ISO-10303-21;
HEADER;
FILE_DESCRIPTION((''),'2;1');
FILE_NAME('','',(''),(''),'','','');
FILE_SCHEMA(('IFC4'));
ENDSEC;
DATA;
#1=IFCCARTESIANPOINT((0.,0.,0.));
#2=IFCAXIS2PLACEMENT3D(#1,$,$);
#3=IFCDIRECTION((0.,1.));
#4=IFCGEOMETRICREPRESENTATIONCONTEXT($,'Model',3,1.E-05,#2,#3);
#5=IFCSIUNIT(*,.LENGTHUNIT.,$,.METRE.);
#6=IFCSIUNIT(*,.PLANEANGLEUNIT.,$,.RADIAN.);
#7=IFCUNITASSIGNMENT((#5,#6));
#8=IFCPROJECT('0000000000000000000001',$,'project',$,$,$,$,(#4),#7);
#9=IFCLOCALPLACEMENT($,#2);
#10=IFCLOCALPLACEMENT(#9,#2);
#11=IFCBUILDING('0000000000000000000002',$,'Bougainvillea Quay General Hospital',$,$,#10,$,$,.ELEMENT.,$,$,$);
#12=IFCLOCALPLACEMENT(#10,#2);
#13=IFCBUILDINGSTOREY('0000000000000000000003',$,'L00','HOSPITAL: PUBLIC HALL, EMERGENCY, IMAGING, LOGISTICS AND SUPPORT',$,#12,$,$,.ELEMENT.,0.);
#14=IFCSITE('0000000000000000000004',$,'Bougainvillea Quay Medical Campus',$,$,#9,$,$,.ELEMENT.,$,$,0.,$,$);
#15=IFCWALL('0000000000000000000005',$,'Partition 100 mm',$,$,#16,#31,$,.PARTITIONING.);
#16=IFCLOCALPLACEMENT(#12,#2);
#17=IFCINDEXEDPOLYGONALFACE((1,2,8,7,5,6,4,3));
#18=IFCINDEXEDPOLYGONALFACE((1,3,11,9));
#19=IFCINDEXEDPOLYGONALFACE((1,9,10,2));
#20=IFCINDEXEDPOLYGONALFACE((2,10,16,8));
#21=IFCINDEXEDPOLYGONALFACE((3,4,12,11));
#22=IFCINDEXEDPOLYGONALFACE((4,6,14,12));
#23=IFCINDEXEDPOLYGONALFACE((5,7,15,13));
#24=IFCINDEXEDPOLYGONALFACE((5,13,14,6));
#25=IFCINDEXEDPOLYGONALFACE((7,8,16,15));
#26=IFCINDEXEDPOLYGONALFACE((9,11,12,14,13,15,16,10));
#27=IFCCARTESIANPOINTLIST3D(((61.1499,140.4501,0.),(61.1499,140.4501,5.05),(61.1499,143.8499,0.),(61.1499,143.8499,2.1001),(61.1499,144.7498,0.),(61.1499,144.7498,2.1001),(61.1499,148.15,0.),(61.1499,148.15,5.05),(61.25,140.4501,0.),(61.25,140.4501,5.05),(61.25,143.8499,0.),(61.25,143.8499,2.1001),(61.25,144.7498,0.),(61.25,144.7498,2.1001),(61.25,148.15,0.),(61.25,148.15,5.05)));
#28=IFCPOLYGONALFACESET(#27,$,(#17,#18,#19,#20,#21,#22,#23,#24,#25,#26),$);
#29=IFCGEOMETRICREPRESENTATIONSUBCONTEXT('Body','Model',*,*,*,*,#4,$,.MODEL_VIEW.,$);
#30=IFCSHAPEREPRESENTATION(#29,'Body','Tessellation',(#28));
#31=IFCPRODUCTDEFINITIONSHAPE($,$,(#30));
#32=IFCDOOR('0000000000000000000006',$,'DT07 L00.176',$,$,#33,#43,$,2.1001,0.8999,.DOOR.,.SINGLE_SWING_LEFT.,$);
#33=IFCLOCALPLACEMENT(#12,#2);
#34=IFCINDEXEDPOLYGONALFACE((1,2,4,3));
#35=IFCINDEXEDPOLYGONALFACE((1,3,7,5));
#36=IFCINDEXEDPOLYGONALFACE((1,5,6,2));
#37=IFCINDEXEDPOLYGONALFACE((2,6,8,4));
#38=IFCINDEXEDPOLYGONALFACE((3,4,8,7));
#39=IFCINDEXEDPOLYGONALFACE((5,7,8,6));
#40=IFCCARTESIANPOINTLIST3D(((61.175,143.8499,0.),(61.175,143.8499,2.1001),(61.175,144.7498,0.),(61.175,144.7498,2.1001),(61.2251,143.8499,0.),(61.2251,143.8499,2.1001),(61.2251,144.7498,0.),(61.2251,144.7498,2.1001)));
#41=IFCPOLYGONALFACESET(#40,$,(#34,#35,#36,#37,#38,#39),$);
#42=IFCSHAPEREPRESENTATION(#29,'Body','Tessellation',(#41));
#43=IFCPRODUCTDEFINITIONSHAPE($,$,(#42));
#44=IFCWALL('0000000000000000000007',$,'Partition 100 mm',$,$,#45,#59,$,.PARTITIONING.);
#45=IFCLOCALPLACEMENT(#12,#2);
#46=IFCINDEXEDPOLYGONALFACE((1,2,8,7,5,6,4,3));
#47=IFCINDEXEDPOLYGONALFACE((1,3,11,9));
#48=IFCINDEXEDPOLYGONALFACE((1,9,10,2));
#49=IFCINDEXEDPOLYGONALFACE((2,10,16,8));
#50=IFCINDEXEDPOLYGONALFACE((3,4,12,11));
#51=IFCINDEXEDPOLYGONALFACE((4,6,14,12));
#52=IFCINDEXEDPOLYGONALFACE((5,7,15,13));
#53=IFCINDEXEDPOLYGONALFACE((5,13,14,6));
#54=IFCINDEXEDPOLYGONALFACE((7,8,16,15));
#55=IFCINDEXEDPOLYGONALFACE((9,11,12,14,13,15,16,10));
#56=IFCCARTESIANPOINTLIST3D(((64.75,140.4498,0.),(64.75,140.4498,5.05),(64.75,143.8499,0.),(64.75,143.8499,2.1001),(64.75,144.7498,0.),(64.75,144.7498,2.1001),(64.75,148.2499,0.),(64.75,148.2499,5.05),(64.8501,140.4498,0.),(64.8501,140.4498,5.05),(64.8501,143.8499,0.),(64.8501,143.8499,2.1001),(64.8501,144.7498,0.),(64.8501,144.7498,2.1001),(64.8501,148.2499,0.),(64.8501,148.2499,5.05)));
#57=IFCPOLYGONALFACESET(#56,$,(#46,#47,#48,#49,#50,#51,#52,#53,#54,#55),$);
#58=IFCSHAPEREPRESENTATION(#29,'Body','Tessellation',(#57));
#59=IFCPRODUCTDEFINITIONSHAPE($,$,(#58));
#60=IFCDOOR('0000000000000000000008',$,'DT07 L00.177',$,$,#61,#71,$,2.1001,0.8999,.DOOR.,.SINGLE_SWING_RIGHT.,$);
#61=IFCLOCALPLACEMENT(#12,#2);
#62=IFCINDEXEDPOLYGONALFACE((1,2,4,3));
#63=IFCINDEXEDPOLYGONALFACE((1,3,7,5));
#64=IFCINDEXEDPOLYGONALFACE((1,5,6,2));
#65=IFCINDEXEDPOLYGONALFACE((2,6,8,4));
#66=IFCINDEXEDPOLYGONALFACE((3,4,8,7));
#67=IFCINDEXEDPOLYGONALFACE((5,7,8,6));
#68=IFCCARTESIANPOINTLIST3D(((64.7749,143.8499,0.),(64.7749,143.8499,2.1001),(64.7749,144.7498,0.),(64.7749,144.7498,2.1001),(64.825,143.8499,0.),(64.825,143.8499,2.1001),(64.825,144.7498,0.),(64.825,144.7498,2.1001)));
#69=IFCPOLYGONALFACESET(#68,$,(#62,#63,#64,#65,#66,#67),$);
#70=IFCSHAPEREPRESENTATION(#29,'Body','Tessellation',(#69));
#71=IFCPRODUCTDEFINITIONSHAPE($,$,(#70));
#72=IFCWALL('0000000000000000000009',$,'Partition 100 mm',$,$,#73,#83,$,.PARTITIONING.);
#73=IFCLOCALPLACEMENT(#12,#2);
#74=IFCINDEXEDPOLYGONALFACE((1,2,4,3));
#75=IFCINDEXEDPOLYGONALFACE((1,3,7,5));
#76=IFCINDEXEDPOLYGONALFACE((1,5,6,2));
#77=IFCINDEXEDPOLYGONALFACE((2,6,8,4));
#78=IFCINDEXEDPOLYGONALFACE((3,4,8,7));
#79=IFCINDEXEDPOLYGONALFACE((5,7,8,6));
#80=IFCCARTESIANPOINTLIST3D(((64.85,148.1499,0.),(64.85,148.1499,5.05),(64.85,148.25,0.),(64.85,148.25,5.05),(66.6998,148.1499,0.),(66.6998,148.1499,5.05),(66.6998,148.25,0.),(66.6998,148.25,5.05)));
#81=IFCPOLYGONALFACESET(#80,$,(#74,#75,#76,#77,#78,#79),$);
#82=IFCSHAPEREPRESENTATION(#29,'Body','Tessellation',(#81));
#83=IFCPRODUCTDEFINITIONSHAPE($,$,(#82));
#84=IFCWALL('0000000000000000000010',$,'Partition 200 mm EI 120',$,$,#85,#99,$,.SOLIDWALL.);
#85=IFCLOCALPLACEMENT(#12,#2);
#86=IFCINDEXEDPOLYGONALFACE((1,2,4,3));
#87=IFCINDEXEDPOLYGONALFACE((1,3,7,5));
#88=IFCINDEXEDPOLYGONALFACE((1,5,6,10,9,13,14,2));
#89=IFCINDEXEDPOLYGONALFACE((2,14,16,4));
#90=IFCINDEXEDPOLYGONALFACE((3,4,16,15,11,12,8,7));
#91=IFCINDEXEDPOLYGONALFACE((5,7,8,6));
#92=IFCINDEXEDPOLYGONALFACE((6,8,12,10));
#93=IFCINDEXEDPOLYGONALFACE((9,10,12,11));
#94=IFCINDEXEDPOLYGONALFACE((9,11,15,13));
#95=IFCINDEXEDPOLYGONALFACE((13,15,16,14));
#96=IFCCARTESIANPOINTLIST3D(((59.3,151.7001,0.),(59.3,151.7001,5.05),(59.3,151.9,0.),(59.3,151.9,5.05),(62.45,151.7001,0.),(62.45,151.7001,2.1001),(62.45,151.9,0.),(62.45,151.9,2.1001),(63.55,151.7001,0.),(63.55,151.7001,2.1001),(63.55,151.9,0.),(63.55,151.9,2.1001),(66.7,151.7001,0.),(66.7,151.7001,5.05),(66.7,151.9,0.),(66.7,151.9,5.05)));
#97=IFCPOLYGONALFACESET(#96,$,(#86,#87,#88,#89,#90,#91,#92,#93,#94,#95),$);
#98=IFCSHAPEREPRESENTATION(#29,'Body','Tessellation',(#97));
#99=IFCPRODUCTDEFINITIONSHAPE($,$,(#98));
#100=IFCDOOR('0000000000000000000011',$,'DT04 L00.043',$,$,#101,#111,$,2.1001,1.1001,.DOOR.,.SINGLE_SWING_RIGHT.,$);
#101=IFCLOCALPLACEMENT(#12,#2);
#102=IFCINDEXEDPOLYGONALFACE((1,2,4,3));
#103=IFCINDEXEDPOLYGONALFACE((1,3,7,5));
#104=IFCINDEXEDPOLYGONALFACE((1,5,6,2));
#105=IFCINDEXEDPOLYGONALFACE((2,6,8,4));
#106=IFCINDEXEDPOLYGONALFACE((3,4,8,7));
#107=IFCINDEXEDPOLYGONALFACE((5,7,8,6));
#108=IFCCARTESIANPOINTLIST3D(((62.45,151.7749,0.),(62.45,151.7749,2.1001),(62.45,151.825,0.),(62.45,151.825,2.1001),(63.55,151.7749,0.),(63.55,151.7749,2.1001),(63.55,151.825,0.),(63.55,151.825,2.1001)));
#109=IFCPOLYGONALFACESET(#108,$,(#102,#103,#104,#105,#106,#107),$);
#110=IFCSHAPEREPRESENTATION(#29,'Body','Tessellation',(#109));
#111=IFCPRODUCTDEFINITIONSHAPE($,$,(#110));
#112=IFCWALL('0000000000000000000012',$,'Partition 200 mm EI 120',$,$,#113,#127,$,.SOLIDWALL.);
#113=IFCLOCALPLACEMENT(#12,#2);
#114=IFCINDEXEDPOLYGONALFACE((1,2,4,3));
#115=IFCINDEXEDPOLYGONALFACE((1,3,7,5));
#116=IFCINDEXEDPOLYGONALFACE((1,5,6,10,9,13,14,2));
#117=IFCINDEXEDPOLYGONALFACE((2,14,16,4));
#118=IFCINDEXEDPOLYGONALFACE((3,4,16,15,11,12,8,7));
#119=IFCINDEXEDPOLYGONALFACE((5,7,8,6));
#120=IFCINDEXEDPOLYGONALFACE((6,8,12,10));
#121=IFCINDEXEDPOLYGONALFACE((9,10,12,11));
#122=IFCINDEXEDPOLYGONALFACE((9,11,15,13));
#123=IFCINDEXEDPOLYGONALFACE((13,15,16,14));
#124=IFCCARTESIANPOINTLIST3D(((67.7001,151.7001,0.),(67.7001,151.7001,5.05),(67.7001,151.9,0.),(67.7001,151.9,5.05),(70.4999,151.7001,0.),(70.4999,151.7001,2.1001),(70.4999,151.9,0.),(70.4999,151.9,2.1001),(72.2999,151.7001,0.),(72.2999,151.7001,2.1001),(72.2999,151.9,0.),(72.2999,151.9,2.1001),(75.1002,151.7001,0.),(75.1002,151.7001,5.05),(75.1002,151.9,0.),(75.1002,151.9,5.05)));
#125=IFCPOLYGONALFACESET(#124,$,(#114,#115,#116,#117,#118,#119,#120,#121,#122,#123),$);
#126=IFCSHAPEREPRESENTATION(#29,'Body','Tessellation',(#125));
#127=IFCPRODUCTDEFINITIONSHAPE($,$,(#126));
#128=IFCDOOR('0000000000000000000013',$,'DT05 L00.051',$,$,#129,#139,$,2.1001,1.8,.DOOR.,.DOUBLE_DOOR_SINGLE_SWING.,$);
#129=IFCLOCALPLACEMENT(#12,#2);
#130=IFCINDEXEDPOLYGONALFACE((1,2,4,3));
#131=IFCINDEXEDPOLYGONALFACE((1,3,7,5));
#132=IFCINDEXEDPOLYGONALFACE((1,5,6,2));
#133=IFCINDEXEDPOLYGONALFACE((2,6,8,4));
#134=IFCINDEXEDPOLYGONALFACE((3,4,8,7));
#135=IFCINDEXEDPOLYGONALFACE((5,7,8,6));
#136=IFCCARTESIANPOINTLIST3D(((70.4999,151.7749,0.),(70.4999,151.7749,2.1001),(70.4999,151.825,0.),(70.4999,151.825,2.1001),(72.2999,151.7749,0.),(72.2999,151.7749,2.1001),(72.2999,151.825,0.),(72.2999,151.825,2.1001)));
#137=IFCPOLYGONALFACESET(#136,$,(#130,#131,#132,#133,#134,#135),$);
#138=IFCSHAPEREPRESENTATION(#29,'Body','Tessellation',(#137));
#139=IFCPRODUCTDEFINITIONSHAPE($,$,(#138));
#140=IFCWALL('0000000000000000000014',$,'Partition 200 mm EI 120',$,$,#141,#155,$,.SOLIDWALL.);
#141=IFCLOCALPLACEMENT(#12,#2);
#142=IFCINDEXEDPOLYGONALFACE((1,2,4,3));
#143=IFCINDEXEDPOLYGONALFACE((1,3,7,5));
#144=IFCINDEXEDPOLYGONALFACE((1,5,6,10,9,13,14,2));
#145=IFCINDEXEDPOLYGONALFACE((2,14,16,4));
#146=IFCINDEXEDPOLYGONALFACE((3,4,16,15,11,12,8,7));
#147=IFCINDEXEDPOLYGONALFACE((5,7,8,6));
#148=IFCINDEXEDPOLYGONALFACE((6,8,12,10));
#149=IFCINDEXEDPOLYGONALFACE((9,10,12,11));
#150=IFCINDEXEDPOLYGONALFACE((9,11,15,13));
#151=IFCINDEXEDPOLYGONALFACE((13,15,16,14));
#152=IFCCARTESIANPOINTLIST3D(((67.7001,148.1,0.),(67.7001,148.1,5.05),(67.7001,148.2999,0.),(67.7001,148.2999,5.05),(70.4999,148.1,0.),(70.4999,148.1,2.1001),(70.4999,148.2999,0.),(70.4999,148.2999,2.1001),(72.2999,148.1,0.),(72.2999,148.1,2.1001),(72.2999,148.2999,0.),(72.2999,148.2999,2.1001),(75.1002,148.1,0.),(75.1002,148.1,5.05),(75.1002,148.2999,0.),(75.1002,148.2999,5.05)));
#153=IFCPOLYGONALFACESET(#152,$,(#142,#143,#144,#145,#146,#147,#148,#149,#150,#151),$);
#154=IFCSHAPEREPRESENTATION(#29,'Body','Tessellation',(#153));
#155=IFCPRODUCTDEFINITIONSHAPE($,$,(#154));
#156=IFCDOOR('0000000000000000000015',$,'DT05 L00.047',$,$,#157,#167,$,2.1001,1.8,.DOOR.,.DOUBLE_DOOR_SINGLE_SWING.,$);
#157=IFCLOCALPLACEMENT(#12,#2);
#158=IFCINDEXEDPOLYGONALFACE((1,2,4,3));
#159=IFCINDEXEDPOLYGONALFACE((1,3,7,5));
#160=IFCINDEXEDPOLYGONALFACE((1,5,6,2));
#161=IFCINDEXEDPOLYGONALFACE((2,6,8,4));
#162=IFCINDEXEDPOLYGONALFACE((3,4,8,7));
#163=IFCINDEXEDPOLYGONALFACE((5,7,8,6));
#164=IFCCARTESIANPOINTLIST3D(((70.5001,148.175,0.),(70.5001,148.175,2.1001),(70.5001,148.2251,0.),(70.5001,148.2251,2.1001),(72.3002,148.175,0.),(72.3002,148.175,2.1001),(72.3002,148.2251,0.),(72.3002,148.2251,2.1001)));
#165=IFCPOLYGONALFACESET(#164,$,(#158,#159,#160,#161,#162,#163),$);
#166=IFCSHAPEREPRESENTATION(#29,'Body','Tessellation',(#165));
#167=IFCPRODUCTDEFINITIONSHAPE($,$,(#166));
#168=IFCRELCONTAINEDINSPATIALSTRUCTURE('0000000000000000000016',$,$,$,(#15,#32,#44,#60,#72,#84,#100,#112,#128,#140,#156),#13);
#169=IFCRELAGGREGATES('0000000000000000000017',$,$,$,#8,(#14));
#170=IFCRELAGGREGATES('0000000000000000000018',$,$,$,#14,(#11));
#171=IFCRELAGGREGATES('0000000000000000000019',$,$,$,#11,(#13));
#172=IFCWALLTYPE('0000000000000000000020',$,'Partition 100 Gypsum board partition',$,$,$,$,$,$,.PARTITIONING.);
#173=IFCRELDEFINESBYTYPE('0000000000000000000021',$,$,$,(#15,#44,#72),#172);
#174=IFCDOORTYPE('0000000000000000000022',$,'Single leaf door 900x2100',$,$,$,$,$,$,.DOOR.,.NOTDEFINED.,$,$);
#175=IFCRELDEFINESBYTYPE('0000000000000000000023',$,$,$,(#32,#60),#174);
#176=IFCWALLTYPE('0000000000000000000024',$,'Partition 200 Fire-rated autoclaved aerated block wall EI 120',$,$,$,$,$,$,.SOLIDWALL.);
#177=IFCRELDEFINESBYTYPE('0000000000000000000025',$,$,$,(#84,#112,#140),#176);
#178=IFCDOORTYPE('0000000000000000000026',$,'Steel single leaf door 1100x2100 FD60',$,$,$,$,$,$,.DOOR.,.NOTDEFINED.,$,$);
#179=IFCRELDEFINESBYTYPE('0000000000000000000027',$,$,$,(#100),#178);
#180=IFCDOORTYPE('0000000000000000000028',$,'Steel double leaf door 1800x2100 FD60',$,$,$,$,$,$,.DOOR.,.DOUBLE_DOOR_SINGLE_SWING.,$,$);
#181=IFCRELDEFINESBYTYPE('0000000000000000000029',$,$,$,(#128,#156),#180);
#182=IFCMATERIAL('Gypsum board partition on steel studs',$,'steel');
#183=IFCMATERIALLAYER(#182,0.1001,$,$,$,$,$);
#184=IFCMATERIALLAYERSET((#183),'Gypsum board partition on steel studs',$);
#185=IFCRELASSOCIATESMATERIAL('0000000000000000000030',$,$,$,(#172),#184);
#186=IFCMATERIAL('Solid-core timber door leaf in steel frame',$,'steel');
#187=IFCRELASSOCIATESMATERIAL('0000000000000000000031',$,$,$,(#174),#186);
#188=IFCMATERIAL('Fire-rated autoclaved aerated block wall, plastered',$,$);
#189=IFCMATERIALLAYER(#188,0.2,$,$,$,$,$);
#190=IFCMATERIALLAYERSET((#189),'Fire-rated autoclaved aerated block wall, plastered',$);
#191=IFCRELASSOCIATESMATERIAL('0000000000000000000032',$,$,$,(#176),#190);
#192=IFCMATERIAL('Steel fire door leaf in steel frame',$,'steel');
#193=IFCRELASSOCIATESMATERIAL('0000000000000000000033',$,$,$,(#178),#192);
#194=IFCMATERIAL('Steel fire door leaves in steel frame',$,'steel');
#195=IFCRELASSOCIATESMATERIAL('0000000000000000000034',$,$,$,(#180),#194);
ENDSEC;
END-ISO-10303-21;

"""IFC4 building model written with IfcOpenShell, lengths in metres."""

from ifc_helpers import new_model, si_unit, direction, frame, frame_2d, origin, place, context, subcontext, project, spatial, rectangle, extrude, material, layer, layer_set, type_object, element, fill, save


model = new_model("IFC4")

# Units and contexts
model_context = context("Model", 3, precision=1e-05, world=origin(), true_north=direction((0.0, 1.0)))
body_context = subcontext(model_context, "Body", "Model", "MODEL_VIEW")
ifc_project = project(units=[si_unit("LENGTHUNIT", "METRE"), si_unit("PLANEANGLEUNIT", "RADIAN")], contexts=[model_context])

# Site, building, storey
site_placement = place(None, origin())
site = spatial("IfcSite", under=ifc_project, at=site_placement, Name="Bougainvillea Quay Medical Campus", CompositionType="ELEMENT", RefElevation=0.0)
building_placement = place(site_placement, origin())
building = spatial("IfcBuilding", under=site, at=building_placement, Name="Bougainvillea Quay General Hospital", CompositionType="ELEMENT")
storey_placement = place(building_placement, origin())
storey = spatial("IfcBuildingStorey", under=building, at=storey_placement, Name="L00", Description="HOSPITAL: PUBLIC HALL, EMERGENCY, IMAGING, LOGISTICS AND SUPPORT", CompositionType="ELEMENT", Elevation=0.0)

# Shared definitions
ifc_material_1 = material(Name="Gypsum board partition on steel studs", Category="steel")
ifc_layer_1 = layer(ifc_material_1, 0.1001)
ifc_layer_set_1 = layer_set([ifc_layer_1], Name="Gypsum board partition on steel studs")
wall_type_1 = type_object("IfcWallType", Name="Partition 100 Gypsum board partition", PredefinedType="PARTITIONING", material=ifc_layer_set_1)

# Walls, openings, doors
wall_1_placement = place(storey_placement, frame((61.2, 140.45, 0.0), z_axis=(0.0, 0.0, 1.0), x_axis=(0.0, 1.0, 0.0)))
wall_1 = element("IfcWall", 1, at=wall_1_placement, inside=storey, type_object=wall_type_1, Name="Partition 100 mm", PredefinedType="PARTITIONING", context=body_context, shape_type="SweptSolid", body=[
    extrude(rectangle(XDim=7.7, YDim=0.1001, at=frame_2d((3.8501, 0.0))), origin(), (0.0, 0.0, 1.0), 5.05),
])
opening_1_placement = place(wall_1_placement, frame((3.3999, 0.0, 0.0)))
opening_1 = element("IfcOpeningElement", 2, at=opening_1_placement, cuts=wall_1, PredefinedType="OPENING", context=body_context, shape_type="SweptSolid", body=[
    extrude(rectangle(XDim=0.8999, YDim=2.1001, at=frame_2d((0.45, 1.05))), frame((0.0, 0.0601, 0.0), z_axis=(0.0, -1.0, 0.0), x_axis=(1.0, 0.0, 0.0)), (0.0, 0.0, 1.0), 0.1201),
])
ifc_material_2 = material(Name="Solid-core timber door leaf in steel frame", Category="steel")
door_type_1 = type_object("IfcDoorType", Name="Single leaf door 900x2100", OperationType="NOTDEFINED", PredefinedType="DOOR", material=ifc_material_2)
door_1_placement = place(opening_1_placement, origin())
door_1 = element("IfcDoor", 3, at=door_1_placement, inside=storey, type_object=door_type_1, Name="DT07 L00.176", OperationType="SINGLE_SWING_LEFT", OverallHeight=2.1001, OverallWidth=0.8999, PredefinedType="DOOR", context=body_context, shape_type="SweptSolid", body=[
    extrude(rectangle(XDim=0.8999, YDim=2.1001, at=frame_2d((0.45, 1.05))), frame((0.0, 0.0249, 0.0), z_axis=(0.0, -1.0, 0.0), x_axis=(1.0, 0.0, 0.0)), (0.0, 0.0, 1.0), 0.05),
])
fill(opening_1, door_1)
wall_2_placement = place(storey_placement, frame((64.8, 140.45, 0.0), z_axis=(0.0, 0.0, 1.0), x_axis=(0.0, 1.0, 0.0)))
wall_2 = element("IfcWall", 4, at=wall_2_placement, inside=storey, type_object=wall_type_1, Name="Partition 100 mm", PredefinedType="PARTITIONING", context=body_context, shape_type="SweptSolid", body=[
    extrude(rectangle(XDim=7.8, YDim=0.1001, at=frame_2d((3.8999, 0.0))), origin(), (0.0, 0.0, 1.0), 5.05),
])
opening_2_placement = place(wall_2_placement, frame((3.3999, 0.0, 0.0)))
opening_2 = element("IfcOpeningElement", 5, at=opening_2_placement, cuts=wall_2, PredefinedType="OPENING", context=body_context, shape_type="SweptSolid", body=[
    extrude(rectangle(XDim=0.8999, YDim=2.1001, at=frame_2d((0.45, 1.05))), frame((0.0, 0.0601, 0.0), z_axis=(0.0, -1.0, 0.0), x_axis=(1.0, 0.0, 0.0)), (0.0, 0.0, 1.0), 0.1201),
])
door_2_placement = place(opening_2_placement, frame((0.8999, 0.0, 0.0), z_axis=(0.0, 0.0, 1.0), x_axis=(-1.0, 0.0, 0.0)))
door_2 = element("IfcDoor", 6, at=door_2_placement, inside=storey, type_object=door_type_1, Name="DT07 L00.177", OperationType="SINGLE_SWING_RIGHT", OverallHeight=2.1001, OverallWidth=0.8999, PredefinedType="DOOR", context=body_context, shape_type="SweptSolid", body=[
    extrude(rectangle(XDim=0.8999, YDim=2.1001, at=frame_2d((0.45, 1.05))), frame((0.0, 0.0249, 0.0), z_axis=(0.0, -1.0, 0.0), x_axis=(1.0, 0.0, 0.0)), (0.0, 0.0, 1.0), 0.05),
])
fill(opening_2, door_2)

# Wall
wall_3_placement = place(storey_placement, frame((64.8501, 148.2, 0.0), z_axis=(0.0, 0.0, 1.0), x_axis=(1.0, 0.0, 0.0)))
element("IfcWall", 7, at=wall_3_placement, inside=storey, type_object=wall_type_1, Name="Partition 100 mm", PredefinedType="PARTITIONING", context=body_context, shape_type="SweptSolid", body=[
    extrude(rectangle(XDim=1.8499, YDim=0.1001, at=frame_2d((0.9248, 0.0))), origin(), (0.0, 0.0, 1.0), 5.05),
])

# Walls, openings, doors
ifc_material_3 = material(Name="Fire-rated autoclaved aerated block wall, plastered")
ifc_layer_2 = layer(ifc_material_3, 0.2)
ifc_layer_set_2 = layer_set([ifc_layer_2], Name="Fire-rated autoclaved aerated block wall, plastered")
wall_type_2 = type_object("IfcWallType", Name="Partition 200 Fire-rated autoclaved aerated block wall EI 120", PredefinedType="SOLIDWALL", material=ifc_layer_set_2)
wall_4_placement = place(storey_placement, frame((59.3, 151.8, 0.0), z_axis=(0.0, 0.0, 1.0), x_axis=(1.0, 0.0, 0.0)))
wall_4 = element("IfcWall", 8, at=wall_4_placement, inside=storey, type_object=wall_type_2, Name="Partition 200 mm EI 120", PredefinedType="SOLIDWALL", context=body_context, shape_type="SweptSolid", body=[
    extrude(rectangle(XDim=7.3999, YDim=0.2, at=frame_2d((3.7, 0.0))), origin(), (0.0, 0.0, 1.0), 5.05),
])
opening_3_placement = place(wall_4_placement, frame((3.1499, 0.0, 0.0)))
opening_3 = element("IfcOpeningElement", 9, at=opening_3_placement, cuts=wall_4, PredefinedType="OPENING", context=body_context, shape_type="SweptSolid", body=[
    extrude(rectangle(XDim=1.1001, YDim=2.1001, at=frame_2d((0.55, 1.05))), frame((0.0, 0.1099, 0.0), z_axis=(0.0, -1.0, 0.0), x_axis=(1.0, 0.0, 0.0)), (0.0, 0.0, 1.0), 0.22),
])
ifc_material_4 = material(Name="Steel fire door leaf in steel frame", Category="steel")
door_type_2 = type_object("IfcDoorType", Name="Steel single leaf door 1100x2100 FD60", OperationType="NOTDEFINED", PredefinedType="DOOR", material=ifc_material_4)
door_3_placement = place(opening_3_placement, origin())
door_3 = element("IfcDoor", 10, at=door_3_placement, inside=storey, type_object=door_type_2, Name="DT04 L00.043", OperationType="SINGLE_SWING_RIGHT", OverallHeight=2.1001, OverallWidth=1.1001, PredefinedType="DOOR", context=body_context, shape_type="SweptSolid", body=[
    extrude(rectangle(XDim=1.1001, YDim=2.1001, at=frame_2d((0.55, 1.05))), frame((0.0, 0.0249, 0.0), z_axis=(0.0, -1.0, 0.0), x_axis=(1.0, 0.0, 0.0)), (0.0, 0.0, 1.0), 0.05),
])
fill(opening_3, door_3)
wall_5_placement = place(storey_placement, frame((67.7, 151.8, 0.0), z_axis=(0.0, 0.0, 1.0), x_axis=(1.0, 0.0, 0.0)))
wall_5 = element("IfcWall", 11, at=wall_5_placement, inside=storey, type_object=wall_type_2, Name="Partition 200 mm EI 120", PredefinedType="SOLIDWALL", context=body_context, shape_type="SweptSolid", body=[
    extrude(rectangle(XDim=7.4001, YDim=0.2, at=frame_2d((3.7002, 0.0))), origin(), (0.0, 0.0, 1.0), 5.05),
])
opening_4_placement = place(wall_5_placement, frame((2.8, 0.0, 0.0)))
opening_4 = element("IfcOpeningElement", 12, at=opening_4_placement, cuts=wall_5, PredefinedType="OPENING", context=body_context, shape_type="SweptSolid", body=[
    extrude(rectangle(XDim=1.8, YDim=2.1001, at=frame_2d((0.8999, 1.05))), frame((0.0, 0.1099, 0.0), z_axis=(0.0, -1.0, 0.0), x_axis=(1.0, 0.0, 0.0)), (0.0, 0.0, 1.0), 0.22),
])
ifc_material_5 = material(Name="Steel fire door leaves in steel frame", Category="steel")
door_type_3 = type_object("IfcDoorType", Name="Steel double leaf door 1800x2100 FD60", OperationType="DOUBLE_DOOR_SINGLE_SWING", PredefinedType="DOOR", material=ifc_material_5)
door_4_placement = place(opening_4_placement, origin())
door_4 = element("IfcDoor", 13, at=door_4_placement, inside=storey, type_object=door_type_3, Name="DT05 L00.051", OperationType="DOUBLE_DOOR_SINGLE_SWING", OverallHeight=2.1001, OverallWidth=1.8, PredefinedType="DOOR", context=body_context, shape_type="SweptSolid", body=[
    extrude(rectangle(XDim=1.8, YDim=2.1001, at=frame_2d((0.8999, 1.05))), frame((0.0, 0.0249, 0.0), z_axis=(0.0, -1.0, 0.0), x_axis=(1.0, 0.0, 0.0)), (0.0, 0.0, 1.0), 0.05),
])
fill(opening_4, door_4)
wall_6_placement = place(storey_placement, frame((67.7, 148.2, 0.0), z_axis=(0.0, 0.0, 1.0), x_axis=(1.0, 0.0, 0.0)))
wall_6 = element("IfcWall", 14, at=wall_6_placement, inside=storey, type_object=wall_type_2, Name="Partition 200 mm EI 120", PredefinedType="SOLIDWALL", context=body_context, shape_type="SweptSolid", body=[
    extrude(rectangle(XDim=7.4001, YDim=0.2, at=frame_2d((3.7002, 0.0))), origin(), (0.0, 0.0, 1.0), 5.05),
])
opening_5_placement = place(wall_6_placement, frame((2.8, 0.0, 0.0)))
opening_5 = element("IfcOpeningElement", 15, at=opening_5_placement, cuts=wall_6, PredefinedType="OPENING", context=body_context, shape_type="SweptSolid", body=[
    extrude(rectangle(XDim=1.8, YDim=2.1001, at=frame_2d((0.8999, 1.05))), frame((0.0, 0.1099, 0.0), z_axis=(0.0, -1.0, 0.0), x_axis=(1.0, 0.0, 0.0)), (0.0, 0.0, 1.0), 0.22),
])
door_5_placement = place(opening_5_placement, frame((1.8, 0.0, 0.0), z_axis=(0.0, 0.0, 1.0), x_axis=(-1.0, 0.0, 0.0)))
door_5 = element("IfcDoor", 16, at=door_5_placement, inside=storey, type_object=door_type_3, Name="DT05 L00.047", OperationType="DOUBLE_DOOR_SINGLE_SWING", OverallHeight=2.1001, OverallWidth=1.8, PredefinedType="DOOR", context=body_context, shape_type="SweptSolid", body=[
    extrude(rectangle(XDim=1.8, YDim=2.1001, at=frame_2d((0.8999, 1.05))), frame((0.0, 0.0249, 0.0), z_axis=(0.0, -1.0, 0.0), x_axis=(1.0, 0.0, 0.0)), (0.0, 0.0, 1.0), 0.05),
])
fill(opening_5, door_5)

save(model, "model.ifc")
